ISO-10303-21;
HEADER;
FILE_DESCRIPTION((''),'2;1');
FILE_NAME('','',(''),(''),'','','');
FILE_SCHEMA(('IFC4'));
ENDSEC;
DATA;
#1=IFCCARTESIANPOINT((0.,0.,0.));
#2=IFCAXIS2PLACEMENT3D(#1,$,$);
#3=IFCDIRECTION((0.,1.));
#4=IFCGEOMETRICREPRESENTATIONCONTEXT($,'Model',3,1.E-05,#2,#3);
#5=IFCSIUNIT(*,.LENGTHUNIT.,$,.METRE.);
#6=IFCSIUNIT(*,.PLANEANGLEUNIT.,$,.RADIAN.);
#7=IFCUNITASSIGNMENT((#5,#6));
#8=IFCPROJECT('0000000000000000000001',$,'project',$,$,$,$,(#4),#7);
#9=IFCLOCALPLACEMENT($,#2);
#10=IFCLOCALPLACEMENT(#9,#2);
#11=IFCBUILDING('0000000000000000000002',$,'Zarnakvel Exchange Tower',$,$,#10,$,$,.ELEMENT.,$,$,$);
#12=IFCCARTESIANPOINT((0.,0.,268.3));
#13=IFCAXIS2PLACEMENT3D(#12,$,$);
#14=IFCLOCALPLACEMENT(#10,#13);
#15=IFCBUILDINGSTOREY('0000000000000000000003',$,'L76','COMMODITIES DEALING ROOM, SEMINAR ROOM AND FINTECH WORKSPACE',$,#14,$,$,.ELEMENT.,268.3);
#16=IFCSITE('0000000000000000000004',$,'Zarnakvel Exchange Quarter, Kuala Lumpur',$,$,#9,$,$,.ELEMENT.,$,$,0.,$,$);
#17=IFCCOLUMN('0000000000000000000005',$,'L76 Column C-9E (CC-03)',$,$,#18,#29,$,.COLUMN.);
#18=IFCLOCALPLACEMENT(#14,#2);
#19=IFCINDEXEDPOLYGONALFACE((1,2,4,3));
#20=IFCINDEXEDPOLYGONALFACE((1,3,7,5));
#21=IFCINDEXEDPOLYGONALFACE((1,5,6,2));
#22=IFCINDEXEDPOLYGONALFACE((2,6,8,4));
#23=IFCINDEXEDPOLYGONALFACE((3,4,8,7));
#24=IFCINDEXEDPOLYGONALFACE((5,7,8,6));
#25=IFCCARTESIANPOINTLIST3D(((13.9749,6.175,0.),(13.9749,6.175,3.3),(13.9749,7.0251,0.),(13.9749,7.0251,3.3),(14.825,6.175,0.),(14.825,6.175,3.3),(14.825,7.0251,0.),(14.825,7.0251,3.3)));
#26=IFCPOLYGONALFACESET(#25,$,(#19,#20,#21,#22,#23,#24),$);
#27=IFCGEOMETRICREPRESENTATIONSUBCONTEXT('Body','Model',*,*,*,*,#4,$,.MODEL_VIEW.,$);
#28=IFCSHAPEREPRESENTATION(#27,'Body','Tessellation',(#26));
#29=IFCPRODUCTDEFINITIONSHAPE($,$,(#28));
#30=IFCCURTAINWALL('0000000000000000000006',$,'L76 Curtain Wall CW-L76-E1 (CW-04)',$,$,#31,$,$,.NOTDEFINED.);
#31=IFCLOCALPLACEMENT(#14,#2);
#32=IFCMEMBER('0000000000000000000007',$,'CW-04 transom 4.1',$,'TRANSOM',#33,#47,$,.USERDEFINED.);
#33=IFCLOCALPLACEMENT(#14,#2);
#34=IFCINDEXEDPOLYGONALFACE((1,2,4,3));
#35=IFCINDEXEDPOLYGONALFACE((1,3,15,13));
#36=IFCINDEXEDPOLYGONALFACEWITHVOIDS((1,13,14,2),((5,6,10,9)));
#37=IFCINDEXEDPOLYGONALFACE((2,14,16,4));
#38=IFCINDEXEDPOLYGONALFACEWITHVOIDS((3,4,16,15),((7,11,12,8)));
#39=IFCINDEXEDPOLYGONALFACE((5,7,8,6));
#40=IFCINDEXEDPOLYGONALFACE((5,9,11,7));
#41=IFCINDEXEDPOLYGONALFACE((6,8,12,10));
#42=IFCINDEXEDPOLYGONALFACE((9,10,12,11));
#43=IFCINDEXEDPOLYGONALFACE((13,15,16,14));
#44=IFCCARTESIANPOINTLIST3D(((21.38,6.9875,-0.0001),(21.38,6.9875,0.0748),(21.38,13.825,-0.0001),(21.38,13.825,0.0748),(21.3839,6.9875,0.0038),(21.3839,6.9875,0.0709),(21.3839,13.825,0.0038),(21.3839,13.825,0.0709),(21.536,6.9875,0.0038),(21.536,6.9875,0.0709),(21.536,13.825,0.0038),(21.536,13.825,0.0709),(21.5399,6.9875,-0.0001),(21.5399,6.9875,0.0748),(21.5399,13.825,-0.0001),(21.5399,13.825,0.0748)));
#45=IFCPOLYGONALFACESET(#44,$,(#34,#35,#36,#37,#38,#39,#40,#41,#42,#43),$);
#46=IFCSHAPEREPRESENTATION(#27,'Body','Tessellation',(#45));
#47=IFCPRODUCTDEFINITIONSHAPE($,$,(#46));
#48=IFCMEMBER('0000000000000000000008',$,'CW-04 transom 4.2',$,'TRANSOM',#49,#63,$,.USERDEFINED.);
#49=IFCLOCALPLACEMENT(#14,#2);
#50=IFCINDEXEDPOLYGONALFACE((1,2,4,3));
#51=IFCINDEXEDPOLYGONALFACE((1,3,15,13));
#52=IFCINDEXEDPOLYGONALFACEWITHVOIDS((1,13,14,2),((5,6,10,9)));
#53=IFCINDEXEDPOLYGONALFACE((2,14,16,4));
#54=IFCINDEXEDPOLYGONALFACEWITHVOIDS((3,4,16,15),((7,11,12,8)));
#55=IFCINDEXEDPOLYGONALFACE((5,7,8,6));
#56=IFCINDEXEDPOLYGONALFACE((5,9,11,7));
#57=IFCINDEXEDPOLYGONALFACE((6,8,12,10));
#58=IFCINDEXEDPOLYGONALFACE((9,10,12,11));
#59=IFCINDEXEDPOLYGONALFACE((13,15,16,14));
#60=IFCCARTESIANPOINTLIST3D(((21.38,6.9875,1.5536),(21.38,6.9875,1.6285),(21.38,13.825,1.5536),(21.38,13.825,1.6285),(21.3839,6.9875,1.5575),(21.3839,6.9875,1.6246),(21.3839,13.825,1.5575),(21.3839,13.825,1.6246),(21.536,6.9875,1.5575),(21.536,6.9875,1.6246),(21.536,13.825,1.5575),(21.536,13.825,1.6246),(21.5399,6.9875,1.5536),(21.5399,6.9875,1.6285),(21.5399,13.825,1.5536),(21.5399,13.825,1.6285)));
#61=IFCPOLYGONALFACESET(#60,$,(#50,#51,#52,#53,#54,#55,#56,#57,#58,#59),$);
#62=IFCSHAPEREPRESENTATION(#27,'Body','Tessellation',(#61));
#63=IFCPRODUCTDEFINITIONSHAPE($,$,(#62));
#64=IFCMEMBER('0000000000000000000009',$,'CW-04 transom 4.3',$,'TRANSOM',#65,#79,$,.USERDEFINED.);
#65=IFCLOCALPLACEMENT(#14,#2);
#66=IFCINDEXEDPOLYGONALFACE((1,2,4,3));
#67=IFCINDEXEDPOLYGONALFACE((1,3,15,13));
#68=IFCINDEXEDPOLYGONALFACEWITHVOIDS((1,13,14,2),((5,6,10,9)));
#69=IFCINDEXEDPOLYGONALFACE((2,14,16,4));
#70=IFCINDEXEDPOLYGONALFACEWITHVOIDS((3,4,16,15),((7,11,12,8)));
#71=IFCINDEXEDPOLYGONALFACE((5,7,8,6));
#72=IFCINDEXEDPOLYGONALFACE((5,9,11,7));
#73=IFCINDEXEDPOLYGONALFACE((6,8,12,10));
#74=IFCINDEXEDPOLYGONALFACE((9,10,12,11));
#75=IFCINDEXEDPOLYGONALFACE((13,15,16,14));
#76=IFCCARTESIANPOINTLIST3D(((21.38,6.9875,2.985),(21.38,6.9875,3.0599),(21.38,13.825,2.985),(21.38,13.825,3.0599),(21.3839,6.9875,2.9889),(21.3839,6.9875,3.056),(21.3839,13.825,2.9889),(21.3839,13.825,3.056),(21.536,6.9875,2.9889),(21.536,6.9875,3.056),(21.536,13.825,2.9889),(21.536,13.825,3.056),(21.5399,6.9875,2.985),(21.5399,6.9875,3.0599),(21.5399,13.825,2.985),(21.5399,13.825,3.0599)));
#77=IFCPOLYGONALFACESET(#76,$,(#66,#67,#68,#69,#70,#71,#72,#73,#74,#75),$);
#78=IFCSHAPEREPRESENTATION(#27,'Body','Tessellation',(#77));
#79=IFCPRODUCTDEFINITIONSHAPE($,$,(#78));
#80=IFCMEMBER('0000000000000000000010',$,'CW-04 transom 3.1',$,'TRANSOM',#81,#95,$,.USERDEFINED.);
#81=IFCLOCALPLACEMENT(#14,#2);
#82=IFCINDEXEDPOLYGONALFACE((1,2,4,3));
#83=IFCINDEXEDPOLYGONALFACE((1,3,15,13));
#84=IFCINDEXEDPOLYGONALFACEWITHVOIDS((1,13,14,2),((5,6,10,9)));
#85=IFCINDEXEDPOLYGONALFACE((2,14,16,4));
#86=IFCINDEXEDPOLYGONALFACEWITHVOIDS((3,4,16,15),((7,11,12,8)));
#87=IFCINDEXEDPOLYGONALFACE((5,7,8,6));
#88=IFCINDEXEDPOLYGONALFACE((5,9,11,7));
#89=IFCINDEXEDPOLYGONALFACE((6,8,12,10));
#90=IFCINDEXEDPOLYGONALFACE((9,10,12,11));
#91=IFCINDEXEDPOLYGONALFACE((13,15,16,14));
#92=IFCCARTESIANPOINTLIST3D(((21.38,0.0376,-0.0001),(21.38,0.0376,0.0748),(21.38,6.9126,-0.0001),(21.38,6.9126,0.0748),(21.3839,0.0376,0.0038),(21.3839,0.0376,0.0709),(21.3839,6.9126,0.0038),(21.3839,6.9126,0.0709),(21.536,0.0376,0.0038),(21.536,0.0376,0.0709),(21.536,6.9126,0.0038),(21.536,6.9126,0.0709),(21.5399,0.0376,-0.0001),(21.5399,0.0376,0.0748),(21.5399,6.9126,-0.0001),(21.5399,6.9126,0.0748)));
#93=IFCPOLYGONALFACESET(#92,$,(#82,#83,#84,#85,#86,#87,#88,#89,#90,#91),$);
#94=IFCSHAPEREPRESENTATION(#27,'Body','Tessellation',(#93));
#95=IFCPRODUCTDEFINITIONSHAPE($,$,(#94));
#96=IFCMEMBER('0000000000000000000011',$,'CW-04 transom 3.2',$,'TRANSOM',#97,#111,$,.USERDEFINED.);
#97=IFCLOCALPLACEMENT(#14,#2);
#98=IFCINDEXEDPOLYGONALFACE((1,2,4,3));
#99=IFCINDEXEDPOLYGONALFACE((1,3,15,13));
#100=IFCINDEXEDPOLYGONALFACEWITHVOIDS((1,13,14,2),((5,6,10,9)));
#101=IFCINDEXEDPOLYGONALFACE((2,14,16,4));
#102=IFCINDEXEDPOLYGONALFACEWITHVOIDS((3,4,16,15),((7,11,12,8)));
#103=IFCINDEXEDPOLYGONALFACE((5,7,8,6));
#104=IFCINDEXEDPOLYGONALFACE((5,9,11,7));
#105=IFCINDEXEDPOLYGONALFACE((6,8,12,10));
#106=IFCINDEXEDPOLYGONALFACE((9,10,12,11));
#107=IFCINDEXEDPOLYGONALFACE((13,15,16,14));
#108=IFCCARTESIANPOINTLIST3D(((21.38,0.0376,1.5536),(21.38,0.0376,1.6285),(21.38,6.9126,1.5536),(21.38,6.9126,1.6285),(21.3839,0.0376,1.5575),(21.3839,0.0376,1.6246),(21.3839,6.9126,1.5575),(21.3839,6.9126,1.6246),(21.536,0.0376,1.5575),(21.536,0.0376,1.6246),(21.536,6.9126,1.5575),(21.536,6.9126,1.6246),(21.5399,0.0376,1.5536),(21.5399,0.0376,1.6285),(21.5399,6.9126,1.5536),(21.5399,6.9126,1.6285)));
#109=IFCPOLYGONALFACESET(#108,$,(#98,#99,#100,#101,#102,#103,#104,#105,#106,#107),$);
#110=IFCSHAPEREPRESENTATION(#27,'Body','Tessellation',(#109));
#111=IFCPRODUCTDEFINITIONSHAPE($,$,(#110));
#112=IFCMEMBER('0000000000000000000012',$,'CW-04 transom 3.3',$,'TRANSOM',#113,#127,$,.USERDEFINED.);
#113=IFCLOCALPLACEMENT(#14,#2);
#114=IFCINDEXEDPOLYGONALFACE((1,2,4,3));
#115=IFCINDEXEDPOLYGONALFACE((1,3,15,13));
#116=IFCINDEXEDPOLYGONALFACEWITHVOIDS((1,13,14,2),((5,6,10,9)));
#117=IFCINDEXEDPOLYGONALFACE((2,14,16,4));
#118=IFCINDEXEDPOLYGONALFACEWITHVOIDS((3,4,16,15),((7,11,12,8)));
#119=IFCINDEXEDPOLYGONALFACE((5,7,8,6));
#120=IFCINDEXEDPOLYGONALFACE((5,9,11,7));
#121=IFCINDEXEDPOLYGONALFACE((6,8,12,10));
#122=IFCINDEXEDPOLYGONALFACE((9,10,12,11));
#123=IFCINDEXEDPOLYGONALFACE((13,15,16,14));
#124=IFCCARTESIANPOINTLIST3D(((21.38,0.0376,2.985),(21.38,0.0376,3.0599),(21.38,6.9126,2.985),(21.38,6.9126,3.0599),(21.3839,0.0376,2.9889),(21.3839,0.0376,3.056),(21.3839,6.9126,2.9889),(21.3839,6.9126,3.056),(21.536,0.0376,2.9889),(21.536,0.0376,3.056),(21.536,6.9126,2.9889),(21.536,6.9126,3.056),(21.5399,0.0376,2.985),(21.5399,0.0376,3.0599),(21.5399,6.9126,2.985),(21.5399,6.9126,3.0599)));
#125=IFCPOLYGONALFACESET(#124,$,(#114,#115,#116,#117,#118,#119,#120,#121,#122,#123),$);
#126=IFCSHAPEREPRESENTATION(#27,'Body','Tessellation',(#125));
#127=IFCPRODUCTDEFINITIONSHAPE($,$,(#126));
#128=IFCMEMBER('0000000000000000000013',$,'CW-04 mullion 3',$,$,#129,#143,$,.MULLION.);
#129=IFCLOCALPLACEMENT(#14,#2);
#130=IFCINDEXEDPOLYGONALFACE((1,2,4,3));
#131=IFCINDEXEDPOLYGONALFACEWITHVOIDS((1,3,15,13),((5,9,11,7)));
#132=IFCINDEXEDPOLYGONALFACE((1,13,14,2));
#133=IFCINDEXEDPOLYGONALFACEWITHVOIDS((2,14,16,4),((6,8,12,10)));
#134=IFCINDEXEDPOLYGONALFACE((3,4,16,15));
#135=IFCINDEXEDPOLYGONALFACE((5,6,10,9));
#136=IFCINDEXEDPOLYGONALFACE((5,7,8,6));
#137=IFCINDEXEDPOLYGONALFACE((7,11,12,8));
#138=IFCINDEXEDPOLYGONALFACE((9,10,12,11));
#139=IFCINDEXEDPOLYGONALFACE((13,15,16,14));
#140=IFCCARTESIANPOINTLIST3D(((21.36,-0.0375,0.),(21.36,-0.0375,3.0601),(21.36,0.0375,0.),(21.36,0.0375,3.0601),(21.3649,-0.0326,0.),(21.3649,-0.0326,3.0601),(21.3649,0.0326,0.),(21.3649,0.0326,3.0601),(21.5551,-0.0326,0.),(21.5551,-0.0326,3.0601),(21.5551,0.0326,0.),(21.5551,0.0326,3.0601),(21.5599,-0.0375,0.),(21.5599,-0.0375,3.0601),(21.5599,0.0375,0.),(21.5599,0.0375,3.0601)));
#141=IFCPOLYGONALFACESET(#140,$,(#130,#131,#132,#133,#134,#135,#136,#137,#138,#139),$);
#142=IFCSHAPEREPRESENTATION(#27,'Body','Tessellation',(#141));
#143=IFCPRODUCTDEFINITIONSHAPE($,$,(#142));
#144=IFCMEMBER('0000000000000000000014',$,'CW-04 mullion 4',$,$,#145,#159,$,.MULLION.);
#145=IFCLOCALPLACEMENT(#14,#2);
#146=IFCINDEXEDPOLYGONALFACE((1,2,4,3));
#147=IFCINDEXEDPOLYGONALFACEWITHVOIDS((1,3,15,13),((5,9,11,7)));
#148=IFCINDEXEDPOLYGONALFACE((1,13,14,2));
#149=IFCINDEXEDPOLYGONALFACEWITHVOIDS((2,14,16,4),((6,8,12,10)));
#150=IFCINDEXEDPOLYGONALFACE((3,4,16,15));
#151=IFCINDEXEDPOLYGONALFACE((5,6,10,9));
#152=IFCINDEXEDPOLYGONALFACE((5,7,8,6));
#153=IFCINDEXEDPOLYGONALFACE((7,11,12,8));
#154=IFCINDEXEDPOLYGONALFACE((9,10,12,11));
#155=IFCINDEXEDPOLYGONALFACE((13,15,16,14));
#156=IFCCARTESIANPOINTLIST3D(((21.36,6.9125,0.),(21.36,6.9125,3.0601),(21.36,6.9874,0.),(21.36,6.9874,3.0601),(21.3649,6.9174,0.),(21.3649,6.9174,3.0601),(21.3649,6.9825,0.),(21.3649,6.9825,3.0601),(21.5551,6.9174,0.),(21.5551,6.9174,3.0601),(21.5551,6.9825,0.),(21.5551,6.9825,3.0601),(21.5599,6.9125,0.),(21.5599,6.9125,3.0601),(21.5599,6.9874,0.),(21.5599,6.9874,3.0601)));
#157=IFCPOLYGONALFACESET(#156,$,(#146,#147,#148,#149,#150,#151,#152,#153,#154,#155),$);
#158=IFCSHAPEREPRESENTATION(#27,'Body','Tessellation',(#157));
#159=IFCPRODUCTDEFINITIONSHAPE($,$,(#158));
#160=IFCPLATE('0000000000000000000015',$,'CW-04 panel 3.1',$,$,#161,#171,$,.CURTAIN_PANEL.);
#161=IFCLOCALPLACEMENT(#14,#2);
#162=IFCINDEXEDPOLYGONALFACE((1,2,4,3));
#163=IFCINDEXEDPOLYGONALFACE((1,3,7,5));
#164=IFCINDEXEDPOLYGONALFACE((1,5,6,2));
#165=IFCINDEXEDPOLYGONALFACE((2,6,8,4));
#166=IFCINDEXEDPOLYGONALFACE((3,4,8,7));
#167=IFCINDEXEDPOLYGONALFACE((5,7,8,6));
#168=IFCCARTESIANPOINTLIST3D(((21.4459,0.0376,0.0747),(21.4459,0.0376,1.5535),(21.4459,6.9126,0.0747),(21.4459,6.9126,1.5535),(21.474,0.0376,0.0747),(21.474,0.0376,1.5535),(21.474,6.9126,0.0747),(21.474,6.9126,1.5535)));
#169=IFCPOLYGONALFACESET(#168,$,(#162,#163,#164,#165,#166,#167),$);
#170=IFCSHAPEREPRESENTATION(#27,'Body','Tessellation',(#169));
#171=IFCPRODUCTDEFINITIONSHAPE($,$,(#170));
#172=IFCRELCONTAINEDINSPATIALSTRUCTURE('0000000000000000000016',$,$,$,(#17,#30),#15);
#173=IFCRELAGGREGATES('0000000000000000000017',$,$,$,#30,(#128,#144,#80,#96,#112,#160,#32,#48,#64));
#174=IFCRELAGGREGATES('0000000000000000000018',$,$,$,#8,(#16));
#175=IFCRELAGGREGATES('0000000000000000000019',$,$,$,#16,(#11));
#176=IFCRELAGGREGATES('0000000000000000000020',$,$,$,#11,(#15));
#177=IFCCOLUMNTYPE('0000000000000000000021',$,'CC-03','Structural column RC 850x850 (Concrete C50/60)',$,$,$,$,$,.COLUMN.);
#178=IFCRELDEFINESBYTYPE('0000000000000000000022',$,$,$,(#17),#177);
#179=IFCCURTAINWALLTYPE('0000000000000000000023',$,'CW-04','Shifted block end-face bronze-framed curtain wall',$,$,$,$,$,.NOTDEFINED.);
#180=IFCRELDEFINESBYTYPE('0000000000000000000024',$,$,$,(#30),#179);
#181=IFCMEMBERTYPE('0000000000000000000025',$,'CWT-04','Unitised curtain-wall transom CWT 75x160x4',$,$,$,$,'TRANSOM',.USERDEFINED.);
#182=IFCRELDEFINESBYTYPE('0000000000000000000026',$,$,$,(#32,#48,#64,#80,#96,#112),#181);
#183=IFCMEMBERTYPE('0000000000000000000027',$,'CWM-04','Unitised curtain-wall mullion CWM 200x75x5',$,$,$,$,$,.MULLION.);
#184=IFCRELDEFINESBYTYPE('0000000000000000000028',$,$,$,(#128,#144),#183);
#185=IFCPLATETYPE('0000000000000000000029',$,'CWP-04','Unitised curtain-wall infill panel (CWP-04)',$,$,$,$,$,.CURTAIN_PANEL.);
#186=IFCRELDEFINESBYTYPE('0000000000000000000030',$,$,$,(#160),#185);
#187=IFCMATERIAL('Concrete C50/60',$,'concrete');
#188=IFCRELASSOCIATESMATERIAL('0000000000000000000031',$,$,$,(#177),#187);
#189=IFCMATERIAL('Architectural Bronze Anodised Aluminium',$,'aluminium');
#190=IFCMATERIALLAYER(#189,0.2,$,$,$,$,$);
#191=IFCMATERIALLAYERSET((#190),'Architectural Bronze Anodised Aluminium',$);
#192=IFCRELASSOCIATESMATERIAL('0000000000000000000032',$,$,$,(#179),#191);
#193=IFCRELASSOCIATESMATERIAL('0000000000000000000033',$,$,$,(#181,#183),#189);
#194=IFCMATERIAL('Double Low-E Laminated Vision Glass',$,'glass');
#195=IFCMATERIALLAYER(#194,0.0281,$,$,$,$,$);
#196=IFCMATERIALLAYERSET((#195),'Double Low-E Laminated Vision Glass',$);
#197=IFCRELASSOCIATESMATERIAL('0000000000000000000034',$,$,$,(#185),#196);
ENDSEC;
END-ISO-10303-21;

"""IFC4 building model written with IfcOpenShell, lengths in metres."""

from ifc_helpers import new_model, si_unit, direction, frame, origin, origin_2d, place, context, subcontext, project, spatial, rectangle, hollow_rectangle, extrude, source, transform, mapped, material, layer, layer_set, material_profile, profile_set, type_object, element, aggregate, save


model = new_model("IFC4")

# Units and contexts
model_context = context("Model", 3, precision=1e-05, world=origin(), true_north=direction((0.0, 1.0)))
body_context = subcontext(model_context, "Body", "Model", "MODEL_VIEW")
ifc_project = project(units=[si_unit("LENGTHUNIT", "METRE"), si_unit("PLANEANGLEUNIT", "RADIAN")], contexts=[model_context])

# Site, building, storey
site_placement = place(None, origin())
site = spatial("IfcSite", under=ifc_project, at=site_placement, Name="Zarnakvel Exchange Quarter, Kuala Lumpur", CompositionType="ELEMENT", RefElevation=0.0)
building_placement = place(site_placement, origin())
building = spatial("IfcBuilding", under=site, at=building_placement, Name="Zarnakvel Exchange Tower", CompositionType="ELEMENT")
storey_placement = place(building_placement, frame((0.0, 0.0, 268.3)))
storey = spatial("IfcBuildingStorey", under=building, at=storey_placement, Name="L76", Description="COMMODITIES DEALING ROOM, SEMINAR ROOM AND FINTECH WORKSPACE", CompositionType="ELEMENT", Elevation=268.3)

# Column
ifc_material_1 = material(Name="Concrete C50/60", Category="concrete")
ifc_material_profile_1 = material_profile(ifc_material_1, rectangle(XDim=0.8501, YDim=0.8501, at=origin_2d()))
ifc_profile_set_1 = profile_set([ifc_material_profile_1], Name="Concrete C50/60")
column_type = type_object("IfcColumnType", Name="CC-03", Description="Structural column RC 850x850 (Concrete C50/60)", PredefinedType="COLUMN", material=ifc_profile_set_1)
column_placement = place(storey_placement, frame((14.3999, 6.6001, 0.0), z_axis=(0.0, 0.0, 1.0), x_axis=(1.0, 0.0, 0.0)))
element("IfcColumn", 1, at=column_placement, inside=storey, type_object=column_type, Name="L76 Column C-9E (CC-03)", PredefinedType="COLUMN", context=body_context, shape_type="SweptSolid", body=[
    extrude(rectangle(XDim=0.8501, YDim=0.8501, at=origin_2d()), origin(), (0.0, 0.0, 1.0), 3.3),
])

# Curtain wall, members, plate
ifc_material_2 = material(Name="Architectural Bronze Anodised Aluminium", Category="aluminium")
ifc_layer_1 = layer(ifc_material_2, 0.2)
ifc_layer_set_1 = layer_set([ifc_layer_1], Name="Architectural Bronze Anodised Aluminium")
curtain_wall_type = type_object("IfcCurtainWallType", Name="CW-04", Description="Shifted block end-face bronze-framed curtain wall", PredefinedType="NOTDEFINED", material=ifc_layer_set_1)
curtain_wall_placement = place(storey_placement, origin())
curtain_wall = element("IfcCurtainWall", 2, at=curtain_wall_placement, inside=storey, type_object=curtain_wall_type, Name="L76 Curtain Wall CW-L76-E1 (CW-04)", PredefinedType="NOTDEFINED")
ifc_material_profile_2 = material_profile(ifc_material_2, hollow_rectangle(XDim=0.1599, YDim=0.075, WallThickness=0.0039, at=origin_2d()))
ifc_profile_set_2 = profile_set([ifc_material_profile_2], Name="Architectural Bronze Anodised Aluminium")
member_type_1 = type_object("IfcMemberType", Name="CWT-04", Description="Unitised curtain-wall transom CWT 75x160x4", ElementType="TRANSOM", PredefinedType="USERDEFINED", material=ifc_profile_set_2)
shared_shape_1 = source(origin(), body_context, "Body", "SweptSolid", [
    extrude(hollow_rectangle(XDim=0.1599, YDim=0.075, WallThickness=0.0039, at=origin_2d()), origin(), (0.0, 0.0, 1.0), 6.8374),
])
member_1_placement = place(storey_placement, frame((21.46, 6.9875, 0.0374), z_axis=(0.0, 1.0, 0.0), x_axis=(-1.0, 0.0, 0.0)))
member_1 = element("IfcMember", 3, at=member_1_placement, type_object=member_type_1, Name="CW-04 transom 4.1", ObjectType="TRANSOM", PredefinedType="USERDEFINED", context=body_context, shape_type="MappedRepresentation", body=[
    mapped(shared_shape_1, transform((0.0, 0.0, 0.0), x_axis=(1.0, 0.0, 0.0), y_axis=(0.0, 1.0, 0.0), z_axis=(0.0, 0.0, 1.0), scale=1.0)),
])
member_2_placement = place(storey_placement, frame((21.46, 6.9875, 1.5911), z_axis=(0.0, 1.0, 0.0), x_axis=(-1.0, 0.0, 0.0)))
member_2 = element("IfcMember", 4, at=member_2_placement, type_object=member_type_1, Name="CW-04 transom 4.2", ObjectType="TRANSOM", PredefinedType="USERDEFINED", context=body_context, shape_type="MappedRepresentation", body=[
    mapped(shared_shape_1, transform((0.0, 0.0, 0.0), x_axis=(1.0, 0.0, 0.0), y_axis=(0.0, 1.0, 0.0), z_axis=(0.0, 0.0, 1.0), scale=1.0)),
])
member_3_placement = place(storey_placement, frame((21.46, 6.9875, 3.0225), z_axis=(0.0, 1.0, 0.0), x_axis=(-1.0, 0.0, 0.0)))
member_3 = element("IfcMember", 5, at=member_3_placement, type_object=member_type_1, Name="CW-04 transom 4.3", ObjectType="TRANSOM", PredefinedType="USERDEFINED", context=body_context, shape_type="MappedRepresentation", body=[
    mapped(shared_shape_1, transform((0.0, 0.0, 0.0), x_axis=(1.0, 0.0, 0.0), y_axis=(0.0, 1.0, 0.0), z_axis=(0.0, 0.0, 1.0), scale=1.0)),
])
shared_shape_2 = source(origin(), body_context, "Body", "SweptSolid", [
    extrude(hollow_rectangle(XDim=0.1599, YDim=0.075, WallThickness=0.0039, at=origin_2d()), origin(), (0.0, 0.0, 1.0), 6.875),
])
member_4_placement = place(storey_placement, frame((21.46, 0.0376, 0.0374), z_axis=(0.0, 1.0, 0.0), x_axis=(-1.0, 0.0, 0.0)))
member_4 = element("IfcMember", 6, at=member_4_placement, type_object=member_type_1, Name="CW-04 transom 3.1", ObjectType="TRANSOM", PredefinedType="USERDEFINED", context=body_context, shape_type="MappedRepresentation", body=[
    mapped(shared_shape_2, transform((0.0, 0.0, 0.0), x_axis=(1.0, 0.0, 0.0), y_axis=(0.0, 1.0, 0.0), z_axis=(0.0, 0.0, 1.0), scale=1.0)),
])
member_5_placement = place(storey_placement, frame((21.46, 0.0376, 1.5911), z_axis=(0.0, 1.0, 0.0), x_axis=(-1.0, 0.0, 0.0)))
member_5 = element("IfcMember", 7, at=member_5_placement, type_object=member_type_1, Name="CW-04 transom 3.2", ObjectType="TRANSOM", PredefinedType="USERDEFINED", context=body_context, shape_type="MappedRepresentation", body=[
    mapped(shared_shape_2, transform((0.0, 0.0, 0.0), x_axis=(1.0, 0.0, 0.0), y_axis=(0.0, 1.0, 0.0), z_axis=(0.0, 0.0, 1.0), scale=1.0)),
])
member_6_placement = place(storey_placement, frame((21.46, 0.0376, 3.0225), z_axis=(0.0, 1.0, 0.0), x_axis=(-1.0, 0.0, 0.0)))
member_6 = element("IfcMember", 8, at=member_6_placement, type_object=member_type_1, Name="CW-04 transom 3.3", ObjectType="TRANSOM", PredefinedType="USERDEFINED", context=body_context, shape_type="MappedRepresentation", body=[
    mapped(shared_shape_2, transform((0.0, 0.0, 0.0), x_axis=(1.0, 0.0, 0.0), y_axis=(0.0, 1.0, 0.0), z_axis=(0.0, 0.0, 1.0), scale=1.0)),
])
ifc_material_profile_3 = material_profile(ifc_material_2, hollow_rectangle(XDim=0.2, YDim=0.075, WallThickness=0.0049, at=origin_2d()))
ifc_profile_set_3 = profile_set([ifc_material_profile_3], Name="Architectural Bronze Anodised Aluminium")
member_type_2 = type_object("IfcMemberType", Name="CWM-04", Description="Unitised curtain-wall mullion CWM 200x75x5", PredefinedType="MULLION", material=ifc_profile_set_3)
shared_shape_3 = source(origin(), body_context, "Body", "SweptSolid", [
    extrude(hollow_rectangle(XDim=0.2, YDim=0.075, WallThickness=0.0049, at=origin_2d()), origin(), (0.0, 0.0, 1.0), 3.0601),
])
member_7_placement = place(storey_placement, frame((21.46, 0.0, 0.0), z_axis=(0.0, 0.0, 1.0), x_axis=(-1.0, 0.0, 0.0)))
member_7 = element("IfcMember", 9, at=member_7_placement, type_object=member_type_2, Name="CW-04 mullion 3", PredefinedType="MULLION", context=body_context, shape_type="MappedRepresentation", body=[
    mapped(shared_shape_3, transform((0.0, 0.0, 0.0), x_axis=(1.0, 0.0, 0.0), y_axis=(0.0, 1.0, 0.0), z_axis=(0.0, 0.0, 1.0), scale=1.0)),
])
member_8_placement = place(storey_placement, frame((21.46, 6.95, 0.0), z_axis=(0.0, 0.0, 1.0), x_axis=(-1.0, 0.0, 0.0)))
member_8 = element("IfcMember", 10, at=member_8_placement, type_object=member_type_2, Name="CW-04 mullion 4", PredefinedType="MULLION", context=body_context, shape_type="MappedRepresentation", body=[
    mapped(shared_shape_3, transform((0.0, 0.0, 0.0), x_axis=(1.0, 0.0, 0.0), y_axis=(0.0, 1.0, 0.0), z_axis=(0.0, 0.0, 1.0), scale=1.0)),
])
ifc_material_3 = material(Name="Double Low-E Laminated Vision Glass", Category="glass")
ifc_layer_2 = layer(ifc_material_3, 0.0281)
ifc_layer_set_2 = layer_set([ifc_layer_2], Name="Double Low-E Laminated Vision Glass")
plate_type = type_object("IfcPlateType", Name="CWP-04", Description="Unitised curtain-wall infill panel (CWP-04)", PredefinedType="CURTAIN_PANEL", material=ifc_layer_set_2)
shared_shape_4 = source(origin(), body_context, "Body", "SweptSolid", [
    extrude(rectangle(XDim=6.875, YDim=0.0281, at=origin_2d()), origin(), (0.0, 0.0, 1.0), 1.4788),
])
plate_1_placement = place(storey_placement, frame((21.46, 3.4751, 0.0747), z_axis=(0.0, 0.0, 1.0), x_axis=(0.0, 1.0, 0.0)))
plate_1 = element("IfcPlate", 11, at=plate_1_placement, type_object=plate_type, Name="CW-04 panel 3.1", PredefinedType="CURTAIN_PANEL", context=body_context, shape_type="MappedRepresentation", body=[
    mapped(shared_shape_4, transform((0.0, 0.0, 0.0), x_axis=(1.0, 0.0, 0.0), y_axis=(0.0, 1.0, 0.0), z_axis=(0.0, 0.0, 1.0), scale=1.0)),
])
aggregate(curtain_wall, [member_7, member_8, member_4, member_5, member_6, plate_1, member_1, member_2, member_3])

save(model, "model.ifc")
